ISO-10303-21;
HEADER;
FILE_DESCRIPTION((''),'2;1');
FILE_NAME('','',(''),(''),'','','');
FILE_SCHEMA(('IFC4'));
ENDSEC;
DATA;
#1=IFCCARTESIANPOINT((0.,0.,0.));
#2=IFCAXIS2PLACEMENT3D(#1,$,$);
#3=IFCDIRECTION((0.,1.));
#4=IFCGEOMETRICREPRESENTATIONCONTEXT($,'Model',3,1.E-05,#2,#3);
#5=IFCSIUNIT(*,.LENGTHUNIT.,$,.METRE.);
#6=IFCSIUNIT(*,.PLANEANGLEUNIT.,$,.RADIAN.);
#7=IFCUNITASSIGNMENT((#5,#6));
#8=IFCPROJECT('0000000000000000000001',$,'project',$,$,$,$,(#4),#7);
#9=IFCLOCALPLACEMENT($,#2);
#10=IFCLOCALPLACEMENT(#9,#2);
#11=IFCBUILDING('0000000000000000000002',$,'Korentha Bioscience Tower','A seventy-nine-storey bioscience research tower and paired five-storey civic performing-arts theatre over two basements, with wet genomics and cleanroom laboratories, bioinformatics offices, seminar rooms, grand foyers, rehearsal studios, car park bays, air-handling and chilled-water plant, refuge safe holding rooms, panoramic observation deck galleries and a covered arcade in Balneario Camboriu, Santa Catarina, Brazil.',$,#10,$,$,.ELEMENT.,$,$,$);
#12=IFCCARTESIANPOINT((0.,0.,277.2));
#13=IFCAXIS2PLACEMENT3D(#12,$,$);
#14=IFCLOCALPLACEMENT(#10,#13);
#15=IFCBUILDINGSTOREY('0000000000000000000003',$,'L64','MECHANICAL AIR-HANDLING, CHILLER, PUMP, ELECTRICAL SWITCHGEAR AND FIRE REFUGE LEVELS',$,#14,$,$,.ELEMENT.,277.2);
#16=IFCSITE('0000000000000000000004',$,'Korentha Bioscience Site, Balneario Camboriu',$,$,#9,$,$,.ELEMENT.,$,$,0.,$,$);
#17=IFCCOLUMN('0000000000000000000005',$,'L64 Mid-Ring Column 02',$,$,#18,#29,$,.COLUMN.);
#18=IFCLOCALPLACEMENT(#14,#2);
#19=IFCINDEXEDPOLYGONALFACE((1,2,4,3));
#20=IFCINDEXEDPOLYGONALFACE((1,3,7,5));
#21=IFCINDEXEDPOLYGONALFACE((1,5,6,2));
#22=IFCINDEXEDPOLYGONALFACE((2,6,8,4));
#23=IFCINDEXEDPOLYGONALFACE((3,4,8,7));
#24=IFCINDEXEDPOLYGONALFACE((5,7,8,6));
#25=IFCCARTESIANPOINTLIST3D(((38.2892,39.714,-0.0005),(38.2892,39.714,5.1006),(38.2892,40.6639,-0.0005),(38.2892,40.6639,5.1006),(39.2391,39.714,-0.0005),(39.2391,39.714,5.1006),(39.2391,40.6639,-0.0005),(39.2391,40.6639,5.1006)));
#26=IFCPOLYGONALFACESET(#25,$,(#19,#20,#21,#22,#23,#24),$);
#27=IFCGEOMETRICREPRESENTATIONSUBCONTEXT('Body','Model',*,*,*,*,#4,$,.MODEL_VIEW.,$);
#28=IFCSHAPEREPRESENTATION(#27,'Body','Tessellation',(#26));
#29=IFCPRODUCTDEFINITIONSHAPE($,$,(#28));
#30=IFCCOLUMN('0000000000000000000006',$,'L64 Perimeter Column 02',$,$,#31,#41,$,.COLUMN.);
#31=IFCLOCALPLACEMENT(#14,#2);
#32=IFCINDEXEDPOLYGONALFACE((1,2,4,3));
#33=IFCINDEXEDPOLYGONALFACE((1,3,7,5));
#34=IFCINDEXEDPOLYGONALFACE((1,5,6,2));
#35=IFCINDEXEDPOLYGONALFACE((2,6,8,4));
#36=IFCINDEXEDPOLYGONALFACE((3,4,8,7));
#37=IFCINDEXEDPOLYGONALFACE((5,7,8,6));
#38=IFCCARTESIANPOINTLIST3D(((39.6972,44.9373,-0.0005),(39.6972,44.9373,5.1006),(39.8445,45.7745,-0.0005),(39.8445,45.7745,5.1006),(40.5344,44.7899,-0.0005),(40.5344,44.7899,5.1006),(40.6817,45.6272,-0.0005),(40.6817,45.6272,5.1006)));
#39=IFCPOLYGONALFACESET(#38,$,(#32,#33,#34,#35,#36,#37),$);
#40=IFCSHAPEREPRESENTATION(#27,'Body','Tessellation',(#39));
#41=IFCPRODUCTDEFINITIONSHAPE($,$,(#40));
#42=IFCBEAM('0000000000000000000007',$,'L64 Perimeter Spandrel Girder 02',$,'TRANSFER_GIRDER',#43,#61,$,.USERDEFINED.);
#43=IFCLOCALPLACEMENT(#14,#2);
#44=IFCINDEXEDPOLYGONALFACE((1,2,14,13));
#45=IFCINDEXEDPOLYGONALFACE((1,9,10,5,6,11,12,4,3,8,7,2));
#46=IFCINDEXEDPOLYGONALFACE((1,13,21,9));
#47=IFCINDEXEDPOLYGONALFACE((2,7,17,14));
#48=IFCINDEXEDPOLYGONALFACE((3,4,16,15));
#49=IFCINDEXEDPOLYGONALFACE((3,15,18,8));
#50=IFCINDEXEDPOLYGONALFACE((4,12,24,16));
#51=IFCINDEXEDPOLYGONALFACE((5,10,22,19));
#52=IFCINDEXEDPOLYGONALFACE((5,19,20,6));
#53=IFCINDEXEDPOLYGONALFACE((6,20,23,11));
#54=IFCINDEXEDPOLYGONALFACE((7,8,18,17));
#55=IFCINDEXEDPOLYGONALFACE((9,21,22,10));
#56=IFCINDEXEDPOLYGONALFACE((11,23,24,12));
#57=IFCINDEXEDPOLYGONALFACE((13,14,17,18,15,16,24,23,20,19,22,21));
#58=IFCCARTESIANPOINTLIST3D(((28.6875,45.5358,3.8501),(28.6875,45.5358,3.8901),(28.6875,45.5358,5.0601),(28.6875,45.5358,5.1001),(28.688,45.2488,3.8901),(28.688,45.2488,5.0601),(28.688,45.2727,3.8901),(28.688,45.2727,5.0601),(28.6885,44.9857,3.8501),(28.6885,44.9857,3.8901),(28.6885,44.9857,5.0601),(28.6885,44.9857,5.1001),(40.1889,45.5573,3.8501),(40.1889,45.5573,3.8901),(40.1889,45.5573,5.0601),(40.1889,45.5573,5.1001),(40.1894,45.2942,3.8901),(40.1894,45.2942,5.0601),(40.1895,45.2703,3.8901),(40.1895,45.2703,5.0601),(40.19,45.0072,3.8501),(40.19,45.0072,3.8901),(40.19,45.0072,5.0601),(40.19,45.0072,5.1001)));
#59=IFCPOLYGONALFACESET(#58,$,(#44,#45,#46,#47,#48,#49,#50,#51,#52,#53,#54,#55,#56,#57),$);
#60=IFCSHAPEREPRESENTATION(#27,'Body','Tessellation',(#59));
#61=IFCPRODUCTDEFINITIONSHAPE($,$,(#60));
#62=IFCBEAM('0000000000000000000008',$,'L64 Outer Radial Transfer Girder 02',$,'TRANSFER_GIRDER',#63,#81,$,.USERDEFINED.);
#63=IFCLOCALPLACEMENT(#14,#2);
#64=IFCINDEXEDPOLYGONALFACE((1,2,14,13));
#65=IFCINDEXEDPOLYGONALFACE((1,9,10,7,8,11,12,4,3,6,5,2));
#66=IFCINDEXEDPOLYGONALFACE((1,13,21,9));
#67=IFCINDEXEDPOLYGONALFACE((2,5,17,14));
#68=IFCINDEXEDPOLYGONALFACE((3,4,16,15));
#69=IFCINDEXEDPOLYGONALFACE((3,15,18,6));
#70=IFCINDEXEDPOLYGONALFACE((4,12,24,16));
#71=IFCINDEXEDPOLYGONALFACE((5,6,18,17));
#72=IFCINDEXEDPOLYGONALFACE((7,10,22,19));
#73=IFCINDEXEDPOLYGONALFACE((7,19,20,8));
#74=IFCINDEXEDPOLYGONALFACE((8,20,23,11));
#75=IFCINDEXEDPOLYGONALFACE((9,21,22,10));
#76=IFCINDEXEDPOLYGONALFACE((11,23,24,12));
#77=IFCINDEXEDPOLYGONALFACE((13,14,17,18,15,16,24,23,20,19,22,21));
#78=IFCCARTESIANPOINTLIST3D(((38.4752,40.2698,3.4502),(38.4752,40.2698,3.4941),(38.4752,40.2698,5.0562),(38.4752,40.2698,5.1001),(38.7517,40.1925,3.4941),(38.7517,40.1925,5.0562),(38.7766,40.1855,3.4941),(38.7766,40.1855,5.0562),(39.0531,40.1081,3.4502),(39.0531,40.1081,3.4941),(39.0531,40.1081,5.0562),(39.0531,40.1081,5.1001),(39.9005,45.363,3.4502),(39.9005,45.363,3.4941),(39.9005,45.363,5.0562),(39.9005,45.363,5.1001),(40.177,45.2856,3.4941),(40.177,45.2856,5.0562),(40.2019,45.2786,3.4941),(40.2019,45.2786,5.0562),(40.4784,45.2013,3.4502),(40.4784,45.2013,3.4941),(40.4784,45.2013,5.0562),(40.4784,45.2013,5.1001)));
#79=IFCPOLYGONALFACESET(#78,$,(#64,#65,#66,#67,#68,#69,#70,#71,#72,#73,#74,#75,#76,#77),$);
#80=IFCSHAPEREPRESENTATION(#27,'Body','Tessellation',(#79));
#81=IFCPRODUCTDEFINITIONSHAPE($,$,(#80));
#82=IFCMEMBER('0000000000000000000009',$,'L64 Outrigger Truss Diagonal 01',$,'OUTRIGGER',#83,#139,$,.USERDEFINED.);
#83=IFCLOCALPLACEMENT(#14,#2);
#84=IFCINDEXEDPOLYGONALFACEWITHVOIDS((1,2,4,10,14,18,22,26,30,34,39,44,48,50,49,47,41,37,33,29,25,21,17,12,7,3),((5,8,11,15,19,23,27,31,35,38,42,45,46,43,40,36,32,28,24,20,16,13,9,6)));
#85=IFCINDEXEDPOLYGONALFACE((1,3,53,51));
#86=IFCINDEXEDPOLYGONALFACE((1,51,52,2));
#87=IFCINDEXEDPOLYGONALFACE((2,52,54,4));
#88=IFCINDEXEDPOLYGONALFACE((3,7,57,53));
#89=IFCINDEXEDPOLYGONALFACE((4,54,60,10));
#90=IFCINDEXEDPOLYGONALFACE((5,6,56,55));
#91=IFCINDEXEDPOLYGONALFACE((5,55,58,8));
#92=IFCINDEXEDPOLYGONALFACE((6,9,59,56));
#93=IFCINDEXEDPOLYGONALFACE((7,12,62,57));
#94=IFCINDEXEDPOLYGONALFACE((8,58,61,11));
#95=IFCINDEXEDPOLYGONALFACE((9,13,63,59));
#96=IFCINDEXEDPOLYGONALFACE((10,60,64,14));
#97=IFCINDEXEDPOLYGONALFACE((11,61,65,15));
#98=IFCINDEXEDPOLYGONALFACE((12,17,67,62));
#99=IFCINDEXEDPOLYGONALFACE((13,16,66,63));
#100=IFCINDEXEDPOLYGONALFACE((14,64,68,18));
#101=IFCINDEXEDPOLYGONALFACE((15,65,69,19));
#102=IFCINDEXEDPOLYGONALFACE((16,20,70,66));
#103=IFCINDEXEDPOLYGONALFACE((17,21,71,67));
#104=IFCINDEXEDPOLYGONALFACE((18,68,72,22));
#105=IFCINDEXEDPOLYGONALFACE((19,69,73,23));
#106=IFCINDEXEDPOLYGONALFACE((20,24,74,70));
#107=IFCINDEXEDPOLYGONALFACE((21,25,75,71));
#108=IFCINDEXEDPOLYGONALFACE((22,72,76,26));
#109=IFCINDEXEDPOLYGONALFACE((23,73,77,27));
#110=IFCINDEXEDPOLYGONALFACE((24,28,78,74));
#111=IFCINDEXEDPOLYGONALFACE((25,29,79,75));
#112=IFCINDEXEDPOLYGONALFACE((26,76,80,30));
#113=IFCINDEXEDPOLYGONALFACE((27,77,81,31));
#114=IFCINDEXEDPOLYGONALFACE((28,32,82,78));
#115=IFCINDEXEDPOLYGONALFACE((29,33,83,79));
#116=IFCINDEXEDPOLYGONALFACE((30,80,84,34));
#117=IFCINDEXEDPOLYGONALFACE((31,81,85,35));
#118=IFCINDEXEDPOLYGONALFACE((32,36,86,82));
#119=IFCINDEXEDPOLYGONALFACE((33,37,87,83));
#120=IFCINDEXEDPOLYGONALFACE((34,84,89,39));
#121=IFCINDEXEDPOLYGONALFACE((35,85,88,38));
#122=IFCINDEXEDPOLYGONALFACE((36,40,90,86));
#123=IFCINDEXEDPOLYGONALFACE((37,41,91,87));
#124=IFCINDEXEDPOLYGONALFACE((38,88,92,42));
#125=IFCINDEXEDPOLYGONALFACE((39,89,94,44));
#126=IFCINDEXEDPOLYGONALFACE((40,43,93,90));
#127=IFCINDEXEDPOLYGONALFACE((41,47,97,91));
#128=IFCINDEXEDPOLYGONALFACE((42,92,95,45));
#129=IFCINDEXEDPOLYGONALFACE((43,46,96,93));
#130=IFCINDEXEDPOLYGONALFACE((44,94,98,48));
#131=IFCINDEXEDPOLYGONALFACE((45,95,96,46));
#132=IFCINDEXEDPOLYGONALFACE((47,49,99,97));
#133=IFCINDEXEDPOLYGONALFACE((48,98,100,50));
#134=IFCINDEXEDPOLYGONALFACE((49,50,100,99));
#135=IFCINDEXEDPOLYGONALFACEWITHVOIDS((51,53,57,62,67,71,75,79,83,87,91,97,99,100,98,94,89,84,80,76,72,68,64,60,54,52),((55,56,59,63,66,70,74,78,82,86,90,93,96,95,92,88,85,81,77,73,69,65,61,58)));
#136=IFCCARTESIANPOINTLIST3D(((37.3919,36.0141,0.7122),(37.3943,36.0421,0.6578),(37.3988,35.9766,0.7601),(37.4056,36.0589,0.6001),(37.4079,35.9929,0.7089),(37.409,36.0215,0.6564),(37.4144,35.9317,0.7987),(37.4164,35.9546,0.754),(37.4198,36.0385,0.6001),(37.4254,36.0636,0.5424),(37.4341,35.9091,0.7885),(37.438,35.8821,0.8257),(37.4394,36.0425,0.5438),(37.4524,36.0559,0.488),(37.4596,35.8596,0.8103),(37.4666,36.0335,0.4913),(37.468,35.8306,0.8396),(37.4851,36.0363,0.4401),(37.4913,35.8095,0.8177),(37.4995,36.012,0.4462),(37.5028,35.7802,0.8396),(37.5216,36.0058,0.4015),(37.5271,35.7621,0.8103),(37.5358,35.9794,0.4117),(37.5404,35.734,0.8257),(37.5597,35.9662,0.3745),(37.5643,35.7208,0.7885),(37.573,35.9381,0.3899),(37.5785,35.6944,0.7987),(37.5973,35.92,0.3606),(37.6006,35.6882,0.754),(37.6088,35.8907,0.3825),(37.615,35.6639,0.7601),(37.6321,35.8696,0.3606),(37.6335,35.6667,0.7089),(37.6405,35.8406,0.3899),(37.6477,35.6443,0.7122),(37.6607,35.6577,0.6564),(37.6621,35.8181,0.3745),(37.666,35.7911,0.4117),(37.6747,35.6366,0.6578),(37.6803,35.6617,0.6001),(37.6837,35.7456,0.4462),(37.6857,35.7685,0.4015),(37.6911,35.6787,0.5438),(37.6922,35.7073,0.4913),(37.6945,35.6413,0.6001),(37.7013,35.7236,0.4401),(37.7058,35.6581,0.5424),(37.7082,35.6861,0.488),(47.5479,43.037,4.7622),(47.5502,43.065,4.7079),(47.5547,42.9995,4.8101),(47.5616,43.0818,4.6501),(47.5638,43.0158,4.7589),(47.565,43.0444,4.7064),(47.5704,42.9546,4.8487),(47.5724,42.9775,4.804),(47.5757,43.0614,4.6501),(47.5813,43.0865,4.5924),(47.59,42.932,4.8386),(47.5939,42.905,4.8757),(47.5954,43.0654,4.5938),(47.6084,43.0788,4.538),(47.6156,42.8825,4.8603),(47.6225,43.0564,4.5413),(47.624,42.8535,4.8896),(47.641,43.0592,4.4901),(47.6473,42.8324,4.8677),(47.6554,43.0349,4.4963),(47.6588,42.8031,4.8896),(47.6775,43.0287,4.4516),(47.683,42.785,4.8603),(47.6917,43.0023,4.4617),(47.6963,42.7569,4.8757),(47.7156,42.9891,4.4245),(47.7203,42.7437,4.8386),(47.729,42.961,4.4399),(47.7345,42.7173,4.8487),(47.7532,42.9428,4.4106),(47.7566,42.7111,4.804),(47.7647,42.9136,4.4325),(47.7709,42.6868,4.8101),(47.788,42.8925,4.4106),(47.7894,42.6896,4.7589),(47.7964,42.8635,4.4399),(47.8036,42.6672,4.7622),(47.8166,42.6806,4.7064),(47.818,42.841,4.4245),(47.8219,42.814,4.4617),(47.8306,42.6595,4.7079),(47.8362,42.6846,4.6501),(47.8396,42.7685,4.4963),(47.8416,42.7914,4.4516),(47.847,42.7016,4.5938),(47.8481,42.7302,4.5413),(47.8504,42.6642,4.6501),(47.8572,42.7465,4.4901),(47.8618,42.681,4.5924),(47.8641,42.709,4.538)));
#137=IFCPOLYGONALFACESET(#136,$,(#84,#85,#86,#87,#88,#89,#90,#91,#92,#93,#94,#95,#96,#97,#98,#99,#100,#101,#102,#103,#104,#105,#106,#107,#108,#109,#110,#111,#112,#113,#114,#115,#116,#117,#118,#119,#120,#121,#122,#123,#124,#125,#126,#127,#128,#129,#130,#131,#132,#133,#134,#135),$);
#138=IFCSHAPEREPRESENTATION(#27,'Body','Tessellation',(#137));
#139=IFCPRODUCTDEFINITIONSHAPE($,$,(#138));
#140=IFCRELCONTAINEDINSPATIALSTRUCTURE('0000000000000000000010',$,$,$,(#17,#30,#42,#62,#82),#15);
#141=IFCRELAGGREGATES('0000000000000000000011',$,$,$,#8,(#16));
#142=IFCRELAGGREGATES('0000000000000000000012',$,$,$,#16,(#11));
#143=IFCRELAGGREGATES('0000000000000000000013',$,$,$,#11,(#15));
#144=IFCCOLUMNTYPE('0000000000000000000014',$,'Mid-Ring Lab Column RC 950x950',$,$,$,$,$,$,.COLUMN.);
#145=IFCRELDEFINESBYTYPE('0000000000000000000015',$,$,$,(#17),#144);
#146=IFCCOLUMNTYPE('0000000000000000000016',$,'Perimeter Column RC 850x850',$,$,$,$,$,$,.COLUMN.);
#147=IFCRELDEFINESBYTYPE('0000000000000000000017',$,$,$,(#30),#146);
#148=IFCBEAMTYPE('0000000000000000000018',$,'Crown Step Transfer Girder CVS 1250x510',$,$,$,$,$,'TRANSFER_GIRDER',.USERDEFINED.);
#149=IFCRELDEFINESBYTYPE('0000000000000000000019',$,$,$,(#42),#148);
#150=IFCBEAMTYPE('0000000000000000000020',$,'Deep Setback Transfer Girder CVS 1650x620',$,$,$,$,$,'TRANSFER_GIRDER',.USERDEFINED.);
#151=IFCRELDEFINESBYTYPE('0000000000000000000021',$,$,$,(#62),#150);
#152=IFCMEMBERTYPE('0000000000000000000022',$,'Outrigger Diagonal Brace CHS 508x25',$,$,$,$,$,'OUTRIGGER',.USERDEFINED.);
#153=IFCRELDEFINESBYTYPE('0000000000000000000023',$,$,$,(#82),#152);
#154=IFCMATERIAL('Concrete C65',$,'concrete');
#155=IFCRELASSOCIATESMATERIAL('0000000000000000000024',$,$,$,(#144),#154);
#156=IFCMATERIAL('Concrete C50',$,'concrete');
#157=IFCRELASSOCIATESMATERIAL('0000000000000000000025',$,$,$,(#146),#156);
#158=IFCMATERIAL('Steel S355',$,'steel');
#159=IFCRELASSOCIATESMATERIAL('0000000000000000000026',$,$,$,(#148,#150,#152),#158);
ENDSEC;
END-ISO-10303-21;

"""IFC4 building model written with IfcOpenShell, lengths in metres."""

from ifc_helpers import new_model, si_unit, direction, frame, origin, origin_2d, place, context, subcontext, project, spatial, rectangle, hollow_circle, i_section, extrude, material, material_profile, profile_set, type_object, element, save


model = new_model("IFC4")

# Units and contexts
model_context = context("Model", 3, precision=1e-05, world=origin(), true_north=direction((0.0, 1.0)))
body_context = subcontext(model_context, "Body", "Model", "MODEL_VIEW")
ifc_project = project(units=[si_unit("LENGTHUNIT", "METRE"), si_unit("PLANEANGLEUNIT", "RADIAN")], contexts=[model_context])

# Site, building, storey
site_placement = place(None, origin())
site = spatial("IfcSite", under=ifc_project, at=site_placement, Name="Korentha Bioscience Site, Balneario Camboriu", CompositionType="ELEMENT", RefElevation=0.0)
building_placement = place(site_placement, origin())
building = spatial("IfcBuilding", under=site, at=building_placement, Name="Korentha Bioscience Tower", Description="A seventy-nine-storey bioscience research tower and paired five-storey civic performing-arts theatre over two basements, with wet genomics and cleanroom laboratories, bioinformatics offices, seminar rooms, grand foyers, rehearsal studios, car park bays, air-handling and chilled-water plant, refuge safe holding rooms, panoramic observation deck galleries and a covered arcade in Balneario Camboriu, Santa Catarina, Brazil.", CompositionType="ELEMENT")
storey_placement = place(building_placement, frame((0.0, 0.0, 277.2)))
storey = spatial("IfcBuildingStorey", under=building, at=storey_placement, Name="L64", Description="MECHANICAL AIR-HANDLING, CHILLER, PUMP, ELECTRICAL SWITCHGEAR AND FIRE REFUGE LEVELS", CompositionType="ELEMENT", Elevation=277.2)

# Columns
ifc_material_1 = material(Name="Concrete C65", Category="concrete")
ifc_material_profile_1 = material_profile(ifc_material_1, rectangle(XDim=0.95, YDim=0.95, at=origin_2d()), Name="Concrete C65")
ifc_profile_set_1 = profile_set([ifc_material_profile_1], Name="Concrete C65 (COL-MR09)")
column_type_1 = type_object("IfcColumnType", Name="Mid-Ring Lab Column RC 950x950", PredefinedType="COLUMN", material=ifc_profile_set_1)
column_1_placement = place(storey_placement, frame((38.7642, 40.189, -0.0005), z_axis=(0.0, 0.0, 1.0), x_axis=(1.0, 0.0, 0.0)))
element("IfcColumn", 1, at=column_1_placement, inside=storey, type_object=column_type_1, Name="L64 Mid-Ring Column 02", PredefinedType="COLUMN", context=body_context, shape_type="SweptSolid", body=[
    extrude(rectangle(XDim=0.95, YDim=0.95, at=origin_2d()), origin(), (0.0, 0.0, 1.0), 5.1011),
])
ifc_material_2 = material(Name="Concrete C50", Category="concrete")
ifc_material_profile_2 = material_profile(ifc_material_2, rectangle(XDim=0.8501, YDim=0.8501, at=origin_2d()), Name="Concrete C50")
ifc_profile_set_2 = profile_set([ifc_material_profile_2], Name="Concrete C50 (COL-P08)")
column_type_2 = type_object("IfcColumnType", Name="Perimeter Column RC 850x850", PredefinedType="COLUMN", material=ifc_profile_set_2)
column_2_placement = place(storey_placement, frame((40.1895, 45.2822, -0.0005), z_axis=(0.0, 0.0, 1.0), x_axis=(-0.984868, 0.173304, 0.0)))
element("IfcColumn", 2, at=column_2_placement, inside=storey, type_object=column_type_2, Name="L64 Perimeter Column 02", PredefinedType="COLUMN", context=body_context, shape_type="SweptSolid", body=[
    extrude(rectangle(XDim=0.8501, YDim=0.8501, at=origin_2d()), origin(), (0.0, 0.0, 1.0), 5.1011),
])

# Beams
ifc_material_3 = material(Name="Steel S355", Category="steel")
ifc_material_profile_3 = material_profile(ifc_material_3, i_section(OverallWidth=0.55, OverallDepth=1.25, WebThickness=0.0239, FlangeThickness=0.04, at=origin_2d()), Name="Steel S355")
ifc_profile_set_3 = profile_set([ifc_material_profile_3], Name="Steel S355 (TG-03)")
beam_type_1 = type_object("IfcBeamType", Name="Crown Step Transfer Girder CVS 1250x510", ElementType="TRANSFER_GIRDER", PredefinedType="USERDEFINED", material=ifc_profile_set_3)
beam_1_placement = place(storey_placement, frame((40.1895, 45.2822, 4.4751), z_axis=(-0.999998, -0.001868, 0.0), x_axis=(0.001868, -0.999998, 0.0)))
element("IfcBeam", 3, at=beam_1_placement, inside=storey, type_object=beam_type_1, Name="L64 Perimeter Spandrel Girder 02", ObjectType="TRANSFER_GIRDER", PredefinedType="USERDEFINED", context=body_context, shape_type="SweptSolid", body=[
    extrude(i_section(OverallWidth=0.55, OverallDepth=1.25, WebThickness=0.0239, FlangeThickness=0.04, at=origin_2d()), origin(), (0.0, 0.0, 1.0), 11.5015),
])
ifc_material_profile_4 = material_profile(ifc_material_3, i_section(OverallWidth=0.6001, OverallDepth=1.6499, WebThickness=0.0259, FlangeThickness=0.0439, at=origin_2d()), Name="Steel S355")
ifc_profile_set_4 = profile_set([ifc_material_profile_4], Name="Steel S355 (TG-04)")
beam_type_2 = type_object("IfcBeamType", Name="Deep Setback Transfer Girder CVS 1650x620", ElementType="TRANSFER_GIRDER", PredefinedType="USERDEFINED", material=ifc_profile_set_4)
beam_2_placement = place(storey_placement, frame((38.7642, 40.189, 4.2751), z_axis=(0.269486, 0.963004, 0.0), x_axis=(-0.963004, 0.269486, 0.0)))
element("IfcBeam", 4, at=beam_2_placement, inside=storey, type_object=beam_type_2, Name="L64 Outer Radial Transfer Girder 02", ObjectType="TRANSFER_GIRDER", PredefinedType="USERDEFINED", context=body_context, shape_type="SweptSolid", body=[
    extrude(i_section(OverallWidth=0.6001, OverallDepth=1.6499, WebThickness=0.0259, FlangeThickness=0.0439, at=origin_2d()), origin(), (0.0, 0.0, 1.0), 5.2888),
])

# Member
ifc_material_profile_5 = material_profile(ifc_material_3, hollow_circle(Radius=0.2539, WallThickness=0.0249, at=origin_2d()), Name="Steel S355")
ifc_profile_set_5 = profile_set([ifc_material_profile_5], Name="Steel S355 (OU-508)")
member_type = type_object("IfcMemberType", Name="Outrigger Diagonal Brace CHS 508x25", ElementType="OUTRIGGER", PredefinedType="USERDEFINED", material=ifc_profile_set_5)
member_1_placement = place(storey_placement, frame((37.55, 35.8501, 0.6001), z_axis=(0.781534, 0.540436, 0.311663), x_axis=(-0.568765, 0.8225, 0.0)))
element("IfcMember", 5, at=member_1_placement, inside=storey, type_object=member_type, Name="L64 Outrigger Truss Diagonal 01", ObjectType="OUTRIGGER", PredefinedType="USERDEFINED", context=body_context, shape_type="SweptSolid", body=[
    extrude(hollow_circle(Radius=0.2539, WallThickness=0.0249, at=origin_2d()), origin(), (0.0, 0.0, 1.0), 12.9949),
])

save(model, "model.ifc")
